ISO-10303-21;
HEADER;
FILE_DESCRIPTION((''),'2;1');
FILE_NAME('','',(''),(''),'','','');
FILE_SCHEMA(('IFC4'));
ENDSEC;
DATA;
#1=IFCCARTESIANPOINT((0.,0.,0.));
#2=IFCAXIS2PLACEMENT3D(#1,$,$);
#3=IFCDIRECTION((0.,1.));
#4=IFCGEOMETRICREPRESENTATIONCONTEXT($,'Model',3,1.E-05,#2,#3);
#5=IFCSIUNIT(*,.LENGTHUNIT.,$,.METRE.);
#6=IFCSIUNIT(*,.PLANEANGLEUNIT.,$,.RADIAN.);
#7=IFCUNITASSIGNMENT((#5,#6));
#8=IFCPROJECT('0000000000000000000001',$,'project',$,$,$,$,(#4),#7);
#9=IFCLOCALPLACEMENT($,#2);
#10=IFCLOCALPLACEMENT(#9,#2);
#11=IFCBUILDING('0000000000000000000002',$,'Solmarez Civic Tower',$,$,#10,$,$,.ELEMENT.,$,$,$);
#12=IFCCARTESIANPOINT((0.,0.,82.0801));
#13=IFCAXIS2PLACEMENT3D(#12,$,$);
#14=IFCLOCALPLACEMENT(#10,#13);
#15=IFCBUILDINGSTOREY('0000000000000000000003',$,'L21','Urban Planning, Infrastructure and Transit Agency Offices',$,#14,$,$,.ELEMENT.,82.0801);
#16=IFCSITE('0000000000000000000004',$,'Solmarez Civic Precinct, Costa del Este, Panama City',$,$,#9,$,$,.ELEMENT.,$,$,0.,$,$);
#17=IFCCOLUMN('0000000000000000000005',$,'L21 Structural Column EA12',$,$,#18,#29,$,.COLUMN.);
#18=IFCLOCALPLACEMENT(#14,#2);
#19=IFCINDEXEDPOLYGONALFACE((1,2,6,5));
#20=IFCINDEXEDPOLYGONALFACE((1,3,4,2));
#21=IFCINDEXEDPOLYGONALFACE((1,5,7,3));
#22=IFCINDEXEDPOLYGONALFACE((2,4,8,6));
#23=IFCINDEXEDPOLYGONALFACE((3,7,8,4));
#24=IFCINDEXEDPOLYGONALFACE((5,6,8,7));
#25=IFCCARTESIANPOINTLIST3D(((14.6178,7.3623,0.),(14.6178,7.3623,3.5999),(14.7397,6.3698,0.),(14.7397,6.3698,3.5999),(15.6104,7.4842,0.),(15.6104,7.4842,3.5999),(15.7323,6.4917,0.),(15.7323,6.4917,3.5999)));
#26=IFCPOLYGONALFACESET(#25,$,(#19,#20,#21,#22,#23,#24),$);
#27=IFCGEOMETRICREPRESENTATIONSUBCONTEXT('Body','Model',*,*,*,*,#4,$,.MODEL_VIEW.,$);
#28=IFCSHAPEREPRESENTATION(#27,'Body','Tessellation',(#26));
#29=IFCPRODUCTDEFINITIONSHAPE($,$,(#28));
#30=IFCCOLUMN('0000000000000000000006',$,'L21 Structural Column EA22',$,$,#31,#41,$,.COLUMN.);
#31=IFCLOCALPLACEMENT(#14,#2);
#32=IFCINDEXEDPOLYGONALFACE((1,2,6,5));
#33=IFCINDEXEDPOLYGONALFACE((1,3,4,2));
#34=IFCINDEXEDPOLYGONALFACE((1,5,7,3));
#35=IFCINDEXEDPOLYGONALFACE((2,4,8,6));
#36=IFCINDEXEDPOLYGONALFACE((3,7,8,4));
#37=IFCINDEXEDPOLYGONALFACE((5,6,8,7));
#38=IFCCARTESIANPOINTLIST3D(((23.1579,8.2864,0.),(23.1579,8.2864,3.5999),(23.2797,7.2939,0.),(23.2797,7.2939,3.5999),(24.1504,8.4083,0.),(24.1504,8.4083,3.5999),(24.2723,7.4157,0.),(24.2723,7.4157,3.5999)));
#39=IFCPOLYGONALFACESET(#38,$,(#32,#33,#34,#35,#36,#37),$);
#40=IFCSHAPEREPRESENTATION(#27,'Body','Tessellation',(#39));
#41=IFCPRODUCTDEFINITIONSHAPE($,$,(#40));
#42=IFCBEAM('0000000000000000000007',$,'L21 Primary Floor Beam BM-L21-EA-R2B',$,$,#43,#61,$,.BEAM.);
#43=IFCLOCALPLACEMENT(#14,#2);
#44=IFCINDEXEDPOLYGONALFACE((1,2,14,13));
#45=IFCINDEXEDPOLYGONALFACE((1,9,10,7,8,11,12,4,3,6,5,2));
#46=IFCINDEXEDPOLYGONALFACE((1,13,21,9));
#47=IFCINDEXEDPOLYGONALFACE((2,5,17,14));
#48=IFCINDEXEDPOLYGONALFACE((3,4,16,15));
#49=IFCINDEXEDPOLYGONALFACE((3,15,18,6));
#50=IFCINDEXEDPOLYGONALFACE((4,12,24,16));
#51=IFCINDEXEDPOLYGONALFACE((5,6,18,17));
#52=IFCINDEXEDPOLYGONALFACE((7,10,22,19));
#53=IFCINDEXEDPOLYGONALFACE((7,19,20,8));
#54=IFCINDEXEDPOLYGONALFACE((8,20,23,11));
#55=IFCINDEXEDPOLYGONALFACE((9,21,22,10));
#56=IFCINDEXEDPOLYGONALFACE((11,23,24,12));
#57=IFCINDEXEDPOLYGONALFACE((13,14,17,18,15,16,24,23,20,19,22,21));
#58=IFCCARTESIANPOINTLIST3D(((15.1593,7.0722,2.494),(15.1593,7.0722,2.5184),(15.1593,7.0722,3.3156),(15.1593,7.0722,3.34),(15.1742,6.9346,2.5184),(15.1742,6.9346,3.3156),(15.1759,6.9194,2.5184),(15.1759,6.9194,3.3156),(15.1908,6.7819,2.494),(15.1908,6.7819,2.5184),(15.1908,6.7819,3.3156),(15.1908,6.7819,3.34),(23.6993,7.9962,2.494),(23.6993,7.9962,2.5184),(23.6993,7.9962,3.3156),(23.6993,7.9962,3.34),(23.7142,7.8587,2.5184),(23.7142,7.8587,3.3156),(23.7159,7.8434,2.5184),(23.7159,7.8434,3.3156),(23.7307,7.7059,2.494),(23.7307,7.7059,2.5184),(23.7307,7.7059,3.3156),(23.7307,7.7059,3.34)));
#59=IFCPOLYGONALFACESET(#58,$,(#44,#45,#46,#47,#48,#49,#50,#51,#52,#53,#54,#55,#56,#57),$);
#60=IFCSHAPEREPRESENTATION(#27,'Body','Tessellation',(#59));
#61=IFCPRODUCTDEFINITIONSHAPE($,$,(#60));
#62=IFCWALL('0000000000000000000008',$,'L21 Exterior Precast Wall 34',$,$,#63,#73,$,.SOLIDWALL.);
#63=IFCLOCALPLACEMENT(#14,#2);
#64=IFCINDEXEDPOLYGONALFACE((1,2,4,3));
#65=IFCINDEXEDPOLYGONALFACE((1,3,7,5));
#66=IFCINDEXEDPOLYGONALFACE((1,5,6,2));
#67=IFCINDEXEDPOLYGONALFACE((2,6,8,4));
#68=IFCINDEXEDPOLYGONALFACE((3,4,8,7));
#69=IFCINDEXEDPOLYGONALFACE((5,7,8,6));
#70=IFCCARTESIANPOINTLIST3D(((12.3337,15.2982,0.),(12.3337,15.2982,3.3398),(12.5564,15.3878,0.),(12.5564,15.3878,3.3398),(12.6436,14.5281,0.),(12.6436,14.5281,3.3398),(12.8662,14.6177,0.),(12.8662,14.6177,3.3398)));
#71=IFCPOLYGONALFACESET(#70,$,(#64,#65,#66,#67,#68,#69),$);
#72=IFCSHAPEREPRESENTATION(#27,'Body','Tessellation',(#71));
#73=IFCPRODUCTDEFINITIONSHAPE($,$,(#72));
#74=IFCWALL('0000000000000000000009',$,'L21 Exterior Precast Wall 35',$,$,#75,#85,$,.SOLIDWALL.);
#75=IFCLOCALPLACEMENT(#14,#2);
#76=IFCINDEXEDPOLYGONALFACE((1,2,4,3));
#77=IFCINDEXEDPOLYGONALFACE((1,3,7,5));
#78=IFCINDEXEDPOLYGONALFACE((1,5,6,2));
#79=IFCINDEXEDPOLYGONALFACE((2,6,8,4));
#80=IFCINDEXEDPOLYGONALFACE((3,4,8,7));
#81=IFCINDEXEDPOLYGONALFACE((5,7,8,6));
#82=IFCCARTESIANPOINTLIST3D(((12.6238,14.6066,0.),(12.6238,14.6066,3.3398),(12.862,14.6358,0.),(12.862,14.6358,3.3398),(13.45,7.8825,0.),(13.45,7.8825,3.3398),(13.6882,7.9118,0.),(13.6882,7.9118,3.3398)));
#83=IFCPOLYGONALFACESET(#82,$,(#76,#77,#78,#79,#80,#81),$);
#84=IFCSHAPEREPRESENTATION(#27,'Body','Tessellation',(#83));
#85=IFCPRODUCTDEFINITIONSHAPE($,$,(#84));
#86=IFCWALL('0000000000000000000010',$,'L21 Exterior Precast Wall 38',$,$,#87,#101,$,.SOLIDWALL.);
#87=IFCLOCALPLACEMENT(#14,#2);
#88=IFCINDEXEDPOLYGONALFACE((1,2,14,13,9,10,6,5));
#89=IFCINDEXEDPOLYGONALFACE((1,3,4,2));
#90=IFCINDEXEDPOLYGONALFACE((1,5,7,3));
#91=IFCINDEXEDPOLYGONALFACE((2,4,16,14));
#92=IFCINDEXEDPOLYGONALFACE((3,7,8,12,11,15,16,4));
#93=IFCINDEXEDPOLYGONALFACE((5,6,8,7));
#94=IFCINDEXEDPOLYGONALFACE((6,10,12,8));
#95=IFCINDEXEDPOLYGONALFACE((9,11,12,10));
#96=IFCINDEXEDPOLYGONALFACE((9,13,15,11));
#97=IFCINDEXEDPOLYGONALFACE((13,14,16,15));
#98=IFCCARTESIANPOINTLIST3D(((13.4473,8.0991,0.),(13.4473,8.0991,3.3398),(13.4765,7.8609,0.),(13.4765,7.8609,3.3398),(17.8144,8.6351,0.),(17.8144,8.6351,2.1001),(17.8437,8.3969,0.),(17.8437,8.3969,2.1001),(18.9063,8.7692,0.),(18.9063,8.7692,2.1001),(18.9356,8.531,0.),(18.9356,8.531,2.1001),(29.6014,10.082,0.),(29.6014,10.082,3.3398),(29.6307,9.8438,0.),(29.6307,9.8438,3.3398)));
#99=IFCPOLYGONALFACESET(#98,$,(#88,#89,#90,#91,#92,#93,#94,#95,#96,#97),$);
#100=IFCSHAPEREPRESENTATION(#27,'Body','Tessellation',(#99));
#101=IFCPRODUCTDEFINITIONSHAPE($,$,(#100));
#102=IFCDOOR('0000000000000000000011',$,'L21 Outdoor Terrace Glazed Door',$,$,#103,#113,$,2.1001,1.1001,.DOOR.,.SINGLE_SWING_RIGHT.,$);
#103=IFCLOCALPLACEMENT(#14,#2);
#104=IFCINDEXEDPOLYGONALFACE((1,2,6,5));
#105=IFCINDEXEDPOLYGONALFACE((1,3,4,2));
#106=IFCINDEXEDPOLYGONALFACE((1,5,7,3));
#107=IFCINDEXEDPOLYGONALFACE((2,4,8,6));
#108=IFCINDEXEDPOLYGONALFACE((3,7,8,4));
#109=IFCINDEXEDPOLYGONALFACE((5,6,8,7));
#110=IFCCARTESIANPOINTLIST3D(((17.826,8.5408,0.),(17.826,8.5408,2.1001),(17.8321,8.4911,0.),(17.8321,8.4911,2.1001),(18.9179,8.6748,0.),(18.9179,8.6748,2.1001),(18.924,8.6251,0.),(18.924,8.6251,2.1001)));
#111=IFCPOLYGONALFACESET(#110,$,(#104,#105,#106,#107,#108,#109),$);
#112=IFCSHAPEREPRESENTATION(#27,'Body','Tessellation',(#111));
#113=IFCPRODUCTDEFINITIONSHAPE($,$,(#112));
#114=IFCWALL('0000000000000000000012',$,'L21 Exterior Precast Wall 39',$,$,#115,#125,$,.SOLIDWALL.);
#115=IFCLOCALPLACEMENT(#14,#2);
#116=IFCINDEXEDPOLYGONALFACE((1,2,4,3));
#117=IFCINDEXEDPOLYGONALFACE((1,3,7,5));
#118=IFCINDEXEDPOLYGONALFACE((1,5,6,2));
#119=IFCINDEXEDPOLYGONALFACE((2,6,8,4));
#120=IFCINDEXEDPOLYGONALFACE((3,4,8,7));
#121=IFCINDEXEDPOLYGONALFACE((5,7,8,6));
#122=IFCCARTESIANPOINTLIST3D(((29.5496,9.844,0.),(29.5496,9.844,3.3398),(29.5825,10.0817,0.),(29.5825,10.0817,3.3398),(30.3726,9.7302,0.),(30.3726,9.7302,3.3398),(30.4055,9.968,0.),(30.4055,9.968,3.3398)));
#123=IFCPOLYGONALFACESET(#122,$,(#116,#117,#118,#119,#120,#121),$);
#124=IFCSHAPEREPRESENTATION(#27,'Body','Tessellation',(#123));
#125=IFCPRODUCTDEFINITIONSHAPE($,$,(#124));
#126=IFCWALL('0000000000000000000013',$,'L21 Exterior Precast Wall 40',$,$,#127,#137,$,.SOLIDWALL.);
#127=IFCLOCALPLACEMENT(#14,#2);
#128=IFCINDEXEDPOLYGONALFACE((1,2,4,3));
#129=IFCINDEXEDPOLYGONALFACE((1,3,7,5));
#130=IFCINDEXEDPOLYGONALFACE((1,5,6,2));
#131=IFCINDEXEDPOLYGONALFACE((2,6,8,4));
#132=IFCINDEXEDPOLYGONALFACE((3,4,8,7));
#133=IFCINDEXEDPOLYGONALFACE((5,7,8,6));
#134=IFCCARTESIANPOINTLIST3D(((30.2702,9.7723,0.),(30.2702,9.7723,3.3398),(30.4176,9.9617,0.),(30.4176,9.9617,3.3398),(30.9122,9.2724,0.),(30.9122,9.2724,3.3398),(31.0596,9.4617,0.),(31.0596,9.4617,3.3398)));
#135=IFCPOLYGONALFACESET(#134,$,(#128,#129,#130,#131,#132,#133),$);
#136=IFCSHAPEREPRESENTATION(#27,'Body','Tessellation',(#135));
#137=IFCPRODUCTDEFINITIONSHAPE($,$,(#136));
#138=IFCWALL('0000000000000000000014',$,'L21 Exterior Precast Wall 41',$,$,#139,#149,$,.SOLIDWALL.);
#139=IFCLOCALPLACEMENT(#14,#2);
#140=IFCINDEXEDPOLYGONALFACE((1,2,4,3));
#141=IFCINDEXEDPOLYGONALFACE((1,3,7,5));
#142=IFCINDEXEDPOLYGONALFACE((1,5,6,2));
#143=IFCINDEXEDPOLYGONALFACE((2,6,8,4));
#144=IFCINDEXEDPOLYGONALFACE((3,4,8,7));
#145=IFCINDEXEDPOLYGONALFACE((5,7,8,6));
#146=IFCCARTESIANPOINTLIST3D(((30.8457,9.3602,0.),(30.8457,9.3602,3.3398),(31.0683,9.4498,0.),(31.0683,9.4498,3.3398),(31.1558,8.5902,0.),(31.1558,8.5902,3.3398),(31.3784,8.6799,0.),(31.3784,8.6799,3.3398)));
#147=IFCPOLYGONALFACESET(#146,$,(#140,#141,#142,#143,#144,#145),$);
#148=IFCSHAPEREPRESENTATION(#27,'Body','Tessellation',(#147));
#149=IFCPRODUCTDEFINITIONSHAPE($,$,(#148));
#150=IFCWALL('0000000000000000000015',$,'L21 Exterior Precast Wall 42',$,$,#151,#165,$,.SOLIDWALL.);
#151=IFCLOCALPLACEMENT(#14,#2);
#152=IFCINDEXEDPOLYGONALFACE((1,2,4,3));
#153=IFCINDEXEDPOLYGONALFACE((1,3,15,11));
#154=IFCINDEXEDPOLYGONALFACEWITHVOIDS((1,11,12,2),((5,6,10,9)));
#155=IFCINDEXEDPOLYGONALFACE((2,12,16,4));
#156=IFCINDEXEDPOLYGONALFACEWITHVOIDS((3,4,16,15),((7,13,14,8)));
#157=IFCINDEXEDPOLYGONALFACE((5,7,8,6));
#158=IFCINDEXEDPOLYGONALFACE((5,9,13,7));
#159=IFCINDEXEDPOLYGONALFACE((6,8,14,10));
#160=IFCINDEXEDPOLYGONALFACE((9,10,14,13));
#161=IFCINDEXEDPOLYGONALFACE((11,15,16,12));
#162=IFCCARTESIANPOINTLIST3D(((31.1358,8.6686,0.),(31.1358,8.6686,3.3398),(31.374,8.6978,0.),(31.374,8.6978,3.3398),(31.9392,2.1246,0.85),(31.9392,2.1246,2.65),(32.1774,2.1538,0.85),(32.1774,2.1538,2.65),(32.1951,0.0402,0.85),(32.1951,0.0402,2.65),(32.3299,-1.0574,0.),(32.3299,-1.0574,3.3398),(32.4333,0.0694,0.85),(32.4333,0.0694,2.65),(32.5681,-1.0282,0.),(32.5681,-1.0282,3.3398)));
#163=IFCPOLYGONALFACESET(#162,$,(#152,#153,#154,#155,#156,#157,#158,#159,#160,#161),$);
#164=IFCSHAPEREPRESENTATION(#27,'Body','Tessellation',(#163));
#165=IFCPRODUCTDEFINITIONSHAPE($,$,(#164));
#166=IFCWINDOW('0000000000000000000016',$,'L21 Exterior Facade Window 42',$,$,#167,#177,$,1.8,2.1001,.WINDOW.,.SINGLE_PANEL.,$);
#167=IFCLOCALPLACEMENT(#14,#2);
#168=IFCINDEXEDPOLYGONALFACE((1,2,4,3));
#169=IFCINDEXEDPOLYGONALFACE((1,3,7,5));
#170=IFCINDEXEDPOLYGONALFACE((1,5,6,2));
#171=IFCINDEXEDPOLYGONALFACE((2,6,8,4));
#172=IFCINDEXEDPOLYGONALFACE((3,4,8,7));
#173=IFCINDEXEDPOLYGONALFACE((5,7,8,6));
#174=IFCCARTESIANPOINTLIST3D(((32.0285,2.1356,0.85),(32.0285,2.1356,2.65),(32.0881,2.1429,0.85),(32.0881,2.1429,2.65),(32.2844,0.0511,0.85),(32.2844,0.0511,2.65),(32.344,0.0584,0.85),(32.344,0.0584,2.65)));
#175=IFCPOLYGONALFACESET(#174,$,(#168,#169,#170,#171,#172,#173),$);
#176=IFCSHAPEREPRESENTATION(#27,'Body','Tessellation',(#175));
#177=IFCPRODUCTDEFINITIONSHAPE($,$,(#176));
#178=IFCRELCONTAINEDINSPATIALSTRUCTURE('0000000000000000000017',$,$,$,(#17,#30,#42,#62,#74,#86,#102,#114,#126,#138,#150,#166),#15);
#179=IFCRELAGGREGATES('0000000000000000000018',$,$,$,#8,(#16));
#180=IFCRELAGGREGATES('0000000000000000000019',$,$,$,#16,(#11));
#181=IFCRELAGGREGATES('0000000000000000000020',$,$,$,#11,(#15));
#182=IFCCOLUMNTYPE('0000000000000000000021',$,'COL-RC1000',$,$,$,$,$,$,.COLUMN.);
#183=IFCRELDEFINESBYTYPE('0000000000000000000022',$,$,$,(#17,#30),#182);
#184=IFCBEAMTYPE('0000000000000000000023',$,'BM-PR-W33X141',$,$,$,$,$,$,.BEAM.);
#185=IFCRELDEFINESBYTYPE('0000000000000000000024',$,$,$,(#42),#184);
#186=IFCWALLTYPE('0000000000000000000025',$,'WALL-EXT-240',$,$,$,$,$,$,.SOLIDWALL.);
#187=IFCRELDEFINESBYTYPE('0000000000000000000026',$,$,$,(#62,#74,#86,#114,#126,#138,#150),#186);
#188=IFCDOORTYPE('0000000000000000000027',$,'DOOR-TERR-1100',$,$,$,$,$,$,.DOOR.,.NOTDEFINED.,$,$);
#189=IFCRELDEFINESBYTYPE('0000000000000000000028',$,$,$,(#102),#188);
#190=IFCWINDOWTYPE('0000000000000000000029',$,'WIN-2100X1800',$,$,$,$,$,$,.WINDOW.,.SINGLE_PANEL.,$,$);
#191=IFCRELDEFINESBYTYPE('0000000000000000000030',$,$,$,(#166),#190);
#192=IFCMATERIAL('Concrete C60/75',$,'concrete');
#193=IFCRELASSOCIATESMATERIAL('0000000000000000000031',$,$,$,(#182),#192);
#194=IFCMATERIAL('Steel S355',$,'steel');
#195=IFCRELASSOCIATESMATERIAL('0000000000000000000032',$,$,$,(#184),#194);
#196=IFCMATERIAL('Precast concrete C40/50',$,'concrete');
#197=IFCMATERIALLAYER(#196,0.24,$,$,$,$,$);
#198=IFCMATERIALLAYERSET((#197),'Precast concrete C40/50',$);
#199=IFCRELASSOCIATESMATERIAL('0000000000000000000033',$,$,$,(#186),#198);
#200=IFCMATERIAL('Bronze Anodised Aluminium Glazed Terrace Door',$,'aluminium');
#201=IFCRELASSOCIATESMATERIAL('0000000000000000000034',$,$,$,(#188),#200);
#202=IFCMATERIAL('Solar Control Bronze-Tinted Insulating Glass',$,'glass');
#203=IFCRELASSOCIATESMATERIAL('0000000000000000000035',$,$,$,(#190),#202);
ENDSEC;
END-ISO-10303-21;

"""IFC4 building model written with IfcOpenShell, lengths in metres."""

from ifc_helpers import new_model, si_unit, direction, frame, frame_2d, origin, origin_2d, place, context, subcontext, project, spatial, rectangle, i_section, extrude, material, layer, layer_set, material_profile, profile_set, type_object, element, fill, save


model = new_model("IFC4")

# Units and contexts
model_context = context("Model", 3, precision=1e-05, world=origin(), true_north=direction((0.0, 1.0)))
body_context = subcontext(model_context, "Body", "Model", "MODEL_VIEW")
ifc_project = project(units=[si_unit("LENGTHUNIT", "METRE"), si_unit("PLANEANGLEUNIT", "RADIAN")], contexts=[model_context])

# Site, building, storey
site_placement = place(None, origin())
site = spatial("IfcSite", under=ifc_project, at=site_placement, Name="Solmarez Civic Precinct, Costa del Este, Panama City", CompositionType="ELEMENT", RefElevation=0.0)
building_placement = place(site_placement, origin())
building = spatial("IfcBuilding", under=site, at=building_placement, Name="Solmarez Civic Tower", CompositionType="ELEMENT")
storey_placement = place(building_placement, frame((0.0, 0.0, 82.0801)))
storey = spatial("IfcBuildingStorey", under=building, at=storey_placement, Name="L21", Description="Urban Planning, Infrastructure and Transit Agency Offices", CompositionType="ELEMENT", Elevation=82.0801)

# Columns
ifc_material_1 = material(Name="Concrete C60/75", Category="concrete")
ifc_material_profile_1 = material_profile(ifc_material_1, rectangle(XDim=1.0, YDim=1.0, at=origin_2d()), Name="RC1000X1000")
ifc_profile_set_1 = profile_set([ifc_material_profile_1], Name="Concrete C60/75")
column_type = type_object("IfcColumnType", Name="COL-RC1000", PredefinedType="COLUMN", material=ifc_profile_set_1)
for number, where, z_axis, x_axis, name in (
    (1, (15.175, 6.927, 0.0), (0.0, 0.0, 1.0), (0.992546, 0.121869, 0.0), "L21 Structural Column EA12"),
    (2, (23.7151, 7.8511, 0.0), (0.0, 0.0, 1.0), (0.992546, 0.121869, 0.0), "L21 Structural Column EA22"),
):
    element("IfcColumn", number, at=place(storey_placement, frame(where, z_axis=z_axis, x_axis=x_axis)), inside=storey, type_object=column_type, Name=name, PredefinedType="COLUMN", context=body_context, shape_type="SweptSolid", body=[
        extrude(rectangle(XDim=1.0, YDim=1.0, at=origin_2d()), origin(), (0.0, 0.0, 1.0), 3.5999),
    ])

# Beam
ifc_material_2 = material(Name="Steel S355", Category="steel")
ifc_material_profile_2 = material_profile(ifc_material_2, i_section(OverallWidth=0.292, OverallDepth=0.8459, WebThickness=0.0154, FlangeThickness=0.0244, at=origin_2d()), Name="W33X141")
ifc_profile_set_2 = profile_set([ifc_material_profile_2], Name="Steel S355")
beam_type = type_object("IfcBeamType", Name="BM-PR-W33X141", PredefinedType="BEAM", material=ifc_profile_set_2)
beam_placement = place(storey_placement, frame((15.175, 6.927, 2.917), z_axis=(0.994197, 0.107577, 0.0), x_axis=(-0.107577, 0.994197, 0.0)))
element("IfcBeam", 3, at=beam_placement, inside=storey, type_object=beam_type, Name="L21 Primary Floor Beam BM-L21-EA-R2B", PredefinedType="BEAM", context=body_context, shape_type="SweptSolid", body=[
    extrude(i_section(OverallWidth=0.292, OverallDepth=0.8459, WebThickness=0.0154, FlangeThickness=0.0244, at=origin_2d()), origin(), (0.0, 0.0, 1.0), 8.5898),
])

# Walls
ifc_material_3 = material(Name="Precast concrete C40/50", Category="concrete")
ifc_layer_1 = layer(ifc_material_3, 0.24)
ifc_layer_set_1 = layer_set([ifc_layer_1], Name="Precast concrete C40/50")
wall_type_1 = type_object("IfcWallType", Name="WALL-EXT-240", PredefinedType="SOLIDWALL", material=ifc_layer_set_1)
wall_1_placement = place(storey_placement, frame((12.4451, 15.343, 0.0), z_axis=(0.0, 0.0, 1.0), x_axis=(0.373266, -0.927724, 0.0)))
element("IfcWall", 4, at=wall_1_placement, inside=storey, type_object=wall_type_1, Name="L21 Exterior Precast Wall 34", PredefinedType="SOLIDWALL", context=body_context, shape_type="SweptSolid", body=[
    extrude(rectangle(XDim=0.8301, YDim=0.24, at=frame_2d((0.415, 0.0))), origin(), (0.0, 0.0, 1.0), 3.3398),
])
wall_2_placement = place(storey_placement, frame((12.7429, 14.6211, 0.0), z_axis=(0.0, 0.0, 1.0), x_axis=(0.12195, -0.992536, 0.0)))
element("IfcWall", 5, at=wall_2_placement, inside=storey, type_object=wall_type_1, Name="L21 Exterior Precast Wall 35", PredefinedType="SOLIDWALL", context=body_context, shape_type="SweptSolid", body=[
    extrude(rectangle(XDim=6.7747, YDim=0.24, at=frame_2d((3.3872, 0.0))), origin(), (0.0, 0.0, 1.0), 3.3398),
])

# Wall, opening, door
wall_3_placement = place(storey_placement, frame((13.4619, 7.98, 0.0), z_axis=(0.0, 0.0, 1.0), x_axis=(0.99255, 0.121836, 0.0)))
wall_3 = element("IfcWall", 6, at=wall_3_placement, inside=storey, type_object=wall_type_1, Name="L21 Exterior Precast Wall 38", PredefinedType="SOLIDWALL", context=body_context, shape_type="SweptSolid", body=[
    extrude(rectangle(XDim=16.2754, YDim=0.24, at=frame_2d((8.1377, 0.0))), origin(), (0.0, 0.0, 1.0), 3.3398),
])
opening_1_placement = place(wall_3_placement, frame((4.3999, 0.0, 0.0)))
opening_1 = element("IfcOpeningElement", 7, at=opening_1_placement, cuts=wall_3, PredefinedType="OPENING", context=body_context, shape_type="SweptSolid", body=[
    extrude(rectangle(XDim=1.1001, YDim=2.1001, at=frame_2d((0.55, 1.05))), frame((0.0, 0.1299, 0.0), z_axis=(0.0, -1.0, 0.0), x_axis=(1.0, 0.0, 0.0)), (0.0, 0.0, 1.0), 0.26),
])
ifc_material_4 = material(Name="Bronze Anodised Aluminium Glazed Terrace Door", Category="aluminium")
door_type_1 = type_object("IfcDoorType", Name="DOOR-TERR-1100", OperationType="NOTDEFINED", PredefinedType="DOOR", material=ifc_material_4)
door_1_placement = place(opening_1_placement, origin())
door_1 = element("IfcDoor", 8, at=door_1_placement, inside=storey, type_object=door_type_1, Name="L21 Outdoor Terrace Glazed Door", OperationType="SINGLE_SWING_RIGHT", OverallHeight=2.1001, OverallWidth=1.1001, PredefinedType="DOOR", context=body_context, shape_type="SweptSolid", body=[
    extrude(rectangle(XDim=1.1001, YDim=2.1001, at=frame_2d((0.55, 1.05))), frame((0.0, 0.0249, 0.0), z_axis=(0.0, -1.0, 0.0), x_axis=(1.0, 0.0, 0.0)), (0.0, 0.0, 1.0), 0.05),
])
fill(opening_1, door_1)

# Walls
wall_4_placement = place(storey_placement, frame((29.5659, 9.9629, 0.0), z_axis=(0.0, 0.0, 1.0), x_axis=(0.99058, -0.136936, 0.0)))
element("IfcWall", 9, at=wall_4_placement, inside=storey, type_object=wall_type_1, Name="L21 Exterior Precast Wall 39", PredefinedType="SOLIDWALL", context=body_context, shape_type="SweptSolid", body=[
    extrude(rectangle(XDim=0.8308, YDim=0.24, at=frame_2d((0.4155, 0.0))), origin(), (0.0, 0.0, 1.0), 3.3398),
])
wall_5_placement = place(storey_placement, frame((30.344, 9.8669, 0.0), z_axis=(0.0, 0.0, 1.0), x_axis=(0.788997, -0.614397, 0.0)))
element("IfcWall", 10, at=wall_5_placement, inside=storey, type_object=wall_type_1, Name="L21 Exterior Precast Wall 40", PredefinedType="SOLIDWALL", context=body_context, shape_type="SweptSolid", body=[
    extrude(rectangle(XDim=0.8137, YDim=0.24, at=frame_2d((0.4067, 0.0))), origin(), (0.0, 0.0, 1.0), 3.3398),
])
wall_6_placement = place(storey_placement, frame((30.957, 9.405, 0.0), z_axis=(0.0, 0.0, 1.0), x_axis=(0.373519, -0.927622, 0.0)))
element("IfcWall", 11, at=wall_6_placement, inside=storey, type_object=wall_type_1, Name="L21 Exterior Precast Wall 41", PredefinedType="SOLIDWALL", context=body_context, shape_type="SweptSolid", body=[
    extrude(rectangle(XDim=0.8301, YDim=0.24, at=frame_2d((0.415, 0.0))), origin(), (0.0, 0.0, 1.0), 3.3398),
])

# Wall, opening, window
wall_7_placement = place(storey_placement, frame((31.2549, 8.6831, 0.0), z_axis=(0.0, 0.0, 1.0), x_axis=(0.121857, -0.992548, 0.0)))
wall_7 = element("IfcWall", 12, at=wall_7_placement, inside=storey, type_object=wall_type_1, Name="L21 Exterior Precast Wall 42", PredefinedType="SOLIDWALL", context=body_context, shape_type="SweptSolid", body=[
    extrude(rectangle(XDim=9.7991, YDim=0.24, at=frame_2d((4.8994, 0.0))), origin(), (0.0, 0.0, 1.0), 3.3398),
])
opening_2_placement = place(wall_7_placement, frame((6.593, 0.0, 0.8501)))
opening_2 = element("IfcOpeningElement", 13, at=opening_2_placement, cuts=wall_7, PredefinedType="OPENING", context=body_context, shape_type="SweptSolid", body=[
    extrude(rectangle(XDim=2.1001, YDim=1.8, at=frame_2d((1.05, 0.8999))), frame((0.0, 0.1299, 0.0), z_axis=(0.0, -1.0, 0.0), x_axis=(1.0, 0.0, 0.0)), (0.0, 0.0, 1.0), 0.26),
])
ifc_material_5 = material(Name="Solar Control Bronze-Tinted Insulating Glass", Category="glass")
window_type = type_object("IfcWindowType", Name="WIN-2100X1800", PartitioningType="SINGLE_PANEL", PredefinedType="WINDOW", material=ifc_material_5)
window_placement = place(opening_2_placement, origin())
window = element("IfcWindow", 14, at=window_placement, inside=storey, type_object=window_type, Name="L21 Exterior Facade Window 42", OverallHeight=1.8, OverallWidth=2.1001, PartitioningType="SINGLE_PANEL", PredefinedType="WINDOW", context=body_context, shape_type="SweptSolid", body=[
    extrude(rectangle(XDim=2.1001, YDim=1.8, at=frame_2d((1.05, 0.8999))), frame((0.0, 0.03, 0.0), z_axis=(0.0, -1.0, 0.0), x_axis=(1.0, 0.0, 0.0)), (0.0, 0.0, 1.0), 0.0601),
])
fill(opening_2, window)

save(model, "model.ifc")
